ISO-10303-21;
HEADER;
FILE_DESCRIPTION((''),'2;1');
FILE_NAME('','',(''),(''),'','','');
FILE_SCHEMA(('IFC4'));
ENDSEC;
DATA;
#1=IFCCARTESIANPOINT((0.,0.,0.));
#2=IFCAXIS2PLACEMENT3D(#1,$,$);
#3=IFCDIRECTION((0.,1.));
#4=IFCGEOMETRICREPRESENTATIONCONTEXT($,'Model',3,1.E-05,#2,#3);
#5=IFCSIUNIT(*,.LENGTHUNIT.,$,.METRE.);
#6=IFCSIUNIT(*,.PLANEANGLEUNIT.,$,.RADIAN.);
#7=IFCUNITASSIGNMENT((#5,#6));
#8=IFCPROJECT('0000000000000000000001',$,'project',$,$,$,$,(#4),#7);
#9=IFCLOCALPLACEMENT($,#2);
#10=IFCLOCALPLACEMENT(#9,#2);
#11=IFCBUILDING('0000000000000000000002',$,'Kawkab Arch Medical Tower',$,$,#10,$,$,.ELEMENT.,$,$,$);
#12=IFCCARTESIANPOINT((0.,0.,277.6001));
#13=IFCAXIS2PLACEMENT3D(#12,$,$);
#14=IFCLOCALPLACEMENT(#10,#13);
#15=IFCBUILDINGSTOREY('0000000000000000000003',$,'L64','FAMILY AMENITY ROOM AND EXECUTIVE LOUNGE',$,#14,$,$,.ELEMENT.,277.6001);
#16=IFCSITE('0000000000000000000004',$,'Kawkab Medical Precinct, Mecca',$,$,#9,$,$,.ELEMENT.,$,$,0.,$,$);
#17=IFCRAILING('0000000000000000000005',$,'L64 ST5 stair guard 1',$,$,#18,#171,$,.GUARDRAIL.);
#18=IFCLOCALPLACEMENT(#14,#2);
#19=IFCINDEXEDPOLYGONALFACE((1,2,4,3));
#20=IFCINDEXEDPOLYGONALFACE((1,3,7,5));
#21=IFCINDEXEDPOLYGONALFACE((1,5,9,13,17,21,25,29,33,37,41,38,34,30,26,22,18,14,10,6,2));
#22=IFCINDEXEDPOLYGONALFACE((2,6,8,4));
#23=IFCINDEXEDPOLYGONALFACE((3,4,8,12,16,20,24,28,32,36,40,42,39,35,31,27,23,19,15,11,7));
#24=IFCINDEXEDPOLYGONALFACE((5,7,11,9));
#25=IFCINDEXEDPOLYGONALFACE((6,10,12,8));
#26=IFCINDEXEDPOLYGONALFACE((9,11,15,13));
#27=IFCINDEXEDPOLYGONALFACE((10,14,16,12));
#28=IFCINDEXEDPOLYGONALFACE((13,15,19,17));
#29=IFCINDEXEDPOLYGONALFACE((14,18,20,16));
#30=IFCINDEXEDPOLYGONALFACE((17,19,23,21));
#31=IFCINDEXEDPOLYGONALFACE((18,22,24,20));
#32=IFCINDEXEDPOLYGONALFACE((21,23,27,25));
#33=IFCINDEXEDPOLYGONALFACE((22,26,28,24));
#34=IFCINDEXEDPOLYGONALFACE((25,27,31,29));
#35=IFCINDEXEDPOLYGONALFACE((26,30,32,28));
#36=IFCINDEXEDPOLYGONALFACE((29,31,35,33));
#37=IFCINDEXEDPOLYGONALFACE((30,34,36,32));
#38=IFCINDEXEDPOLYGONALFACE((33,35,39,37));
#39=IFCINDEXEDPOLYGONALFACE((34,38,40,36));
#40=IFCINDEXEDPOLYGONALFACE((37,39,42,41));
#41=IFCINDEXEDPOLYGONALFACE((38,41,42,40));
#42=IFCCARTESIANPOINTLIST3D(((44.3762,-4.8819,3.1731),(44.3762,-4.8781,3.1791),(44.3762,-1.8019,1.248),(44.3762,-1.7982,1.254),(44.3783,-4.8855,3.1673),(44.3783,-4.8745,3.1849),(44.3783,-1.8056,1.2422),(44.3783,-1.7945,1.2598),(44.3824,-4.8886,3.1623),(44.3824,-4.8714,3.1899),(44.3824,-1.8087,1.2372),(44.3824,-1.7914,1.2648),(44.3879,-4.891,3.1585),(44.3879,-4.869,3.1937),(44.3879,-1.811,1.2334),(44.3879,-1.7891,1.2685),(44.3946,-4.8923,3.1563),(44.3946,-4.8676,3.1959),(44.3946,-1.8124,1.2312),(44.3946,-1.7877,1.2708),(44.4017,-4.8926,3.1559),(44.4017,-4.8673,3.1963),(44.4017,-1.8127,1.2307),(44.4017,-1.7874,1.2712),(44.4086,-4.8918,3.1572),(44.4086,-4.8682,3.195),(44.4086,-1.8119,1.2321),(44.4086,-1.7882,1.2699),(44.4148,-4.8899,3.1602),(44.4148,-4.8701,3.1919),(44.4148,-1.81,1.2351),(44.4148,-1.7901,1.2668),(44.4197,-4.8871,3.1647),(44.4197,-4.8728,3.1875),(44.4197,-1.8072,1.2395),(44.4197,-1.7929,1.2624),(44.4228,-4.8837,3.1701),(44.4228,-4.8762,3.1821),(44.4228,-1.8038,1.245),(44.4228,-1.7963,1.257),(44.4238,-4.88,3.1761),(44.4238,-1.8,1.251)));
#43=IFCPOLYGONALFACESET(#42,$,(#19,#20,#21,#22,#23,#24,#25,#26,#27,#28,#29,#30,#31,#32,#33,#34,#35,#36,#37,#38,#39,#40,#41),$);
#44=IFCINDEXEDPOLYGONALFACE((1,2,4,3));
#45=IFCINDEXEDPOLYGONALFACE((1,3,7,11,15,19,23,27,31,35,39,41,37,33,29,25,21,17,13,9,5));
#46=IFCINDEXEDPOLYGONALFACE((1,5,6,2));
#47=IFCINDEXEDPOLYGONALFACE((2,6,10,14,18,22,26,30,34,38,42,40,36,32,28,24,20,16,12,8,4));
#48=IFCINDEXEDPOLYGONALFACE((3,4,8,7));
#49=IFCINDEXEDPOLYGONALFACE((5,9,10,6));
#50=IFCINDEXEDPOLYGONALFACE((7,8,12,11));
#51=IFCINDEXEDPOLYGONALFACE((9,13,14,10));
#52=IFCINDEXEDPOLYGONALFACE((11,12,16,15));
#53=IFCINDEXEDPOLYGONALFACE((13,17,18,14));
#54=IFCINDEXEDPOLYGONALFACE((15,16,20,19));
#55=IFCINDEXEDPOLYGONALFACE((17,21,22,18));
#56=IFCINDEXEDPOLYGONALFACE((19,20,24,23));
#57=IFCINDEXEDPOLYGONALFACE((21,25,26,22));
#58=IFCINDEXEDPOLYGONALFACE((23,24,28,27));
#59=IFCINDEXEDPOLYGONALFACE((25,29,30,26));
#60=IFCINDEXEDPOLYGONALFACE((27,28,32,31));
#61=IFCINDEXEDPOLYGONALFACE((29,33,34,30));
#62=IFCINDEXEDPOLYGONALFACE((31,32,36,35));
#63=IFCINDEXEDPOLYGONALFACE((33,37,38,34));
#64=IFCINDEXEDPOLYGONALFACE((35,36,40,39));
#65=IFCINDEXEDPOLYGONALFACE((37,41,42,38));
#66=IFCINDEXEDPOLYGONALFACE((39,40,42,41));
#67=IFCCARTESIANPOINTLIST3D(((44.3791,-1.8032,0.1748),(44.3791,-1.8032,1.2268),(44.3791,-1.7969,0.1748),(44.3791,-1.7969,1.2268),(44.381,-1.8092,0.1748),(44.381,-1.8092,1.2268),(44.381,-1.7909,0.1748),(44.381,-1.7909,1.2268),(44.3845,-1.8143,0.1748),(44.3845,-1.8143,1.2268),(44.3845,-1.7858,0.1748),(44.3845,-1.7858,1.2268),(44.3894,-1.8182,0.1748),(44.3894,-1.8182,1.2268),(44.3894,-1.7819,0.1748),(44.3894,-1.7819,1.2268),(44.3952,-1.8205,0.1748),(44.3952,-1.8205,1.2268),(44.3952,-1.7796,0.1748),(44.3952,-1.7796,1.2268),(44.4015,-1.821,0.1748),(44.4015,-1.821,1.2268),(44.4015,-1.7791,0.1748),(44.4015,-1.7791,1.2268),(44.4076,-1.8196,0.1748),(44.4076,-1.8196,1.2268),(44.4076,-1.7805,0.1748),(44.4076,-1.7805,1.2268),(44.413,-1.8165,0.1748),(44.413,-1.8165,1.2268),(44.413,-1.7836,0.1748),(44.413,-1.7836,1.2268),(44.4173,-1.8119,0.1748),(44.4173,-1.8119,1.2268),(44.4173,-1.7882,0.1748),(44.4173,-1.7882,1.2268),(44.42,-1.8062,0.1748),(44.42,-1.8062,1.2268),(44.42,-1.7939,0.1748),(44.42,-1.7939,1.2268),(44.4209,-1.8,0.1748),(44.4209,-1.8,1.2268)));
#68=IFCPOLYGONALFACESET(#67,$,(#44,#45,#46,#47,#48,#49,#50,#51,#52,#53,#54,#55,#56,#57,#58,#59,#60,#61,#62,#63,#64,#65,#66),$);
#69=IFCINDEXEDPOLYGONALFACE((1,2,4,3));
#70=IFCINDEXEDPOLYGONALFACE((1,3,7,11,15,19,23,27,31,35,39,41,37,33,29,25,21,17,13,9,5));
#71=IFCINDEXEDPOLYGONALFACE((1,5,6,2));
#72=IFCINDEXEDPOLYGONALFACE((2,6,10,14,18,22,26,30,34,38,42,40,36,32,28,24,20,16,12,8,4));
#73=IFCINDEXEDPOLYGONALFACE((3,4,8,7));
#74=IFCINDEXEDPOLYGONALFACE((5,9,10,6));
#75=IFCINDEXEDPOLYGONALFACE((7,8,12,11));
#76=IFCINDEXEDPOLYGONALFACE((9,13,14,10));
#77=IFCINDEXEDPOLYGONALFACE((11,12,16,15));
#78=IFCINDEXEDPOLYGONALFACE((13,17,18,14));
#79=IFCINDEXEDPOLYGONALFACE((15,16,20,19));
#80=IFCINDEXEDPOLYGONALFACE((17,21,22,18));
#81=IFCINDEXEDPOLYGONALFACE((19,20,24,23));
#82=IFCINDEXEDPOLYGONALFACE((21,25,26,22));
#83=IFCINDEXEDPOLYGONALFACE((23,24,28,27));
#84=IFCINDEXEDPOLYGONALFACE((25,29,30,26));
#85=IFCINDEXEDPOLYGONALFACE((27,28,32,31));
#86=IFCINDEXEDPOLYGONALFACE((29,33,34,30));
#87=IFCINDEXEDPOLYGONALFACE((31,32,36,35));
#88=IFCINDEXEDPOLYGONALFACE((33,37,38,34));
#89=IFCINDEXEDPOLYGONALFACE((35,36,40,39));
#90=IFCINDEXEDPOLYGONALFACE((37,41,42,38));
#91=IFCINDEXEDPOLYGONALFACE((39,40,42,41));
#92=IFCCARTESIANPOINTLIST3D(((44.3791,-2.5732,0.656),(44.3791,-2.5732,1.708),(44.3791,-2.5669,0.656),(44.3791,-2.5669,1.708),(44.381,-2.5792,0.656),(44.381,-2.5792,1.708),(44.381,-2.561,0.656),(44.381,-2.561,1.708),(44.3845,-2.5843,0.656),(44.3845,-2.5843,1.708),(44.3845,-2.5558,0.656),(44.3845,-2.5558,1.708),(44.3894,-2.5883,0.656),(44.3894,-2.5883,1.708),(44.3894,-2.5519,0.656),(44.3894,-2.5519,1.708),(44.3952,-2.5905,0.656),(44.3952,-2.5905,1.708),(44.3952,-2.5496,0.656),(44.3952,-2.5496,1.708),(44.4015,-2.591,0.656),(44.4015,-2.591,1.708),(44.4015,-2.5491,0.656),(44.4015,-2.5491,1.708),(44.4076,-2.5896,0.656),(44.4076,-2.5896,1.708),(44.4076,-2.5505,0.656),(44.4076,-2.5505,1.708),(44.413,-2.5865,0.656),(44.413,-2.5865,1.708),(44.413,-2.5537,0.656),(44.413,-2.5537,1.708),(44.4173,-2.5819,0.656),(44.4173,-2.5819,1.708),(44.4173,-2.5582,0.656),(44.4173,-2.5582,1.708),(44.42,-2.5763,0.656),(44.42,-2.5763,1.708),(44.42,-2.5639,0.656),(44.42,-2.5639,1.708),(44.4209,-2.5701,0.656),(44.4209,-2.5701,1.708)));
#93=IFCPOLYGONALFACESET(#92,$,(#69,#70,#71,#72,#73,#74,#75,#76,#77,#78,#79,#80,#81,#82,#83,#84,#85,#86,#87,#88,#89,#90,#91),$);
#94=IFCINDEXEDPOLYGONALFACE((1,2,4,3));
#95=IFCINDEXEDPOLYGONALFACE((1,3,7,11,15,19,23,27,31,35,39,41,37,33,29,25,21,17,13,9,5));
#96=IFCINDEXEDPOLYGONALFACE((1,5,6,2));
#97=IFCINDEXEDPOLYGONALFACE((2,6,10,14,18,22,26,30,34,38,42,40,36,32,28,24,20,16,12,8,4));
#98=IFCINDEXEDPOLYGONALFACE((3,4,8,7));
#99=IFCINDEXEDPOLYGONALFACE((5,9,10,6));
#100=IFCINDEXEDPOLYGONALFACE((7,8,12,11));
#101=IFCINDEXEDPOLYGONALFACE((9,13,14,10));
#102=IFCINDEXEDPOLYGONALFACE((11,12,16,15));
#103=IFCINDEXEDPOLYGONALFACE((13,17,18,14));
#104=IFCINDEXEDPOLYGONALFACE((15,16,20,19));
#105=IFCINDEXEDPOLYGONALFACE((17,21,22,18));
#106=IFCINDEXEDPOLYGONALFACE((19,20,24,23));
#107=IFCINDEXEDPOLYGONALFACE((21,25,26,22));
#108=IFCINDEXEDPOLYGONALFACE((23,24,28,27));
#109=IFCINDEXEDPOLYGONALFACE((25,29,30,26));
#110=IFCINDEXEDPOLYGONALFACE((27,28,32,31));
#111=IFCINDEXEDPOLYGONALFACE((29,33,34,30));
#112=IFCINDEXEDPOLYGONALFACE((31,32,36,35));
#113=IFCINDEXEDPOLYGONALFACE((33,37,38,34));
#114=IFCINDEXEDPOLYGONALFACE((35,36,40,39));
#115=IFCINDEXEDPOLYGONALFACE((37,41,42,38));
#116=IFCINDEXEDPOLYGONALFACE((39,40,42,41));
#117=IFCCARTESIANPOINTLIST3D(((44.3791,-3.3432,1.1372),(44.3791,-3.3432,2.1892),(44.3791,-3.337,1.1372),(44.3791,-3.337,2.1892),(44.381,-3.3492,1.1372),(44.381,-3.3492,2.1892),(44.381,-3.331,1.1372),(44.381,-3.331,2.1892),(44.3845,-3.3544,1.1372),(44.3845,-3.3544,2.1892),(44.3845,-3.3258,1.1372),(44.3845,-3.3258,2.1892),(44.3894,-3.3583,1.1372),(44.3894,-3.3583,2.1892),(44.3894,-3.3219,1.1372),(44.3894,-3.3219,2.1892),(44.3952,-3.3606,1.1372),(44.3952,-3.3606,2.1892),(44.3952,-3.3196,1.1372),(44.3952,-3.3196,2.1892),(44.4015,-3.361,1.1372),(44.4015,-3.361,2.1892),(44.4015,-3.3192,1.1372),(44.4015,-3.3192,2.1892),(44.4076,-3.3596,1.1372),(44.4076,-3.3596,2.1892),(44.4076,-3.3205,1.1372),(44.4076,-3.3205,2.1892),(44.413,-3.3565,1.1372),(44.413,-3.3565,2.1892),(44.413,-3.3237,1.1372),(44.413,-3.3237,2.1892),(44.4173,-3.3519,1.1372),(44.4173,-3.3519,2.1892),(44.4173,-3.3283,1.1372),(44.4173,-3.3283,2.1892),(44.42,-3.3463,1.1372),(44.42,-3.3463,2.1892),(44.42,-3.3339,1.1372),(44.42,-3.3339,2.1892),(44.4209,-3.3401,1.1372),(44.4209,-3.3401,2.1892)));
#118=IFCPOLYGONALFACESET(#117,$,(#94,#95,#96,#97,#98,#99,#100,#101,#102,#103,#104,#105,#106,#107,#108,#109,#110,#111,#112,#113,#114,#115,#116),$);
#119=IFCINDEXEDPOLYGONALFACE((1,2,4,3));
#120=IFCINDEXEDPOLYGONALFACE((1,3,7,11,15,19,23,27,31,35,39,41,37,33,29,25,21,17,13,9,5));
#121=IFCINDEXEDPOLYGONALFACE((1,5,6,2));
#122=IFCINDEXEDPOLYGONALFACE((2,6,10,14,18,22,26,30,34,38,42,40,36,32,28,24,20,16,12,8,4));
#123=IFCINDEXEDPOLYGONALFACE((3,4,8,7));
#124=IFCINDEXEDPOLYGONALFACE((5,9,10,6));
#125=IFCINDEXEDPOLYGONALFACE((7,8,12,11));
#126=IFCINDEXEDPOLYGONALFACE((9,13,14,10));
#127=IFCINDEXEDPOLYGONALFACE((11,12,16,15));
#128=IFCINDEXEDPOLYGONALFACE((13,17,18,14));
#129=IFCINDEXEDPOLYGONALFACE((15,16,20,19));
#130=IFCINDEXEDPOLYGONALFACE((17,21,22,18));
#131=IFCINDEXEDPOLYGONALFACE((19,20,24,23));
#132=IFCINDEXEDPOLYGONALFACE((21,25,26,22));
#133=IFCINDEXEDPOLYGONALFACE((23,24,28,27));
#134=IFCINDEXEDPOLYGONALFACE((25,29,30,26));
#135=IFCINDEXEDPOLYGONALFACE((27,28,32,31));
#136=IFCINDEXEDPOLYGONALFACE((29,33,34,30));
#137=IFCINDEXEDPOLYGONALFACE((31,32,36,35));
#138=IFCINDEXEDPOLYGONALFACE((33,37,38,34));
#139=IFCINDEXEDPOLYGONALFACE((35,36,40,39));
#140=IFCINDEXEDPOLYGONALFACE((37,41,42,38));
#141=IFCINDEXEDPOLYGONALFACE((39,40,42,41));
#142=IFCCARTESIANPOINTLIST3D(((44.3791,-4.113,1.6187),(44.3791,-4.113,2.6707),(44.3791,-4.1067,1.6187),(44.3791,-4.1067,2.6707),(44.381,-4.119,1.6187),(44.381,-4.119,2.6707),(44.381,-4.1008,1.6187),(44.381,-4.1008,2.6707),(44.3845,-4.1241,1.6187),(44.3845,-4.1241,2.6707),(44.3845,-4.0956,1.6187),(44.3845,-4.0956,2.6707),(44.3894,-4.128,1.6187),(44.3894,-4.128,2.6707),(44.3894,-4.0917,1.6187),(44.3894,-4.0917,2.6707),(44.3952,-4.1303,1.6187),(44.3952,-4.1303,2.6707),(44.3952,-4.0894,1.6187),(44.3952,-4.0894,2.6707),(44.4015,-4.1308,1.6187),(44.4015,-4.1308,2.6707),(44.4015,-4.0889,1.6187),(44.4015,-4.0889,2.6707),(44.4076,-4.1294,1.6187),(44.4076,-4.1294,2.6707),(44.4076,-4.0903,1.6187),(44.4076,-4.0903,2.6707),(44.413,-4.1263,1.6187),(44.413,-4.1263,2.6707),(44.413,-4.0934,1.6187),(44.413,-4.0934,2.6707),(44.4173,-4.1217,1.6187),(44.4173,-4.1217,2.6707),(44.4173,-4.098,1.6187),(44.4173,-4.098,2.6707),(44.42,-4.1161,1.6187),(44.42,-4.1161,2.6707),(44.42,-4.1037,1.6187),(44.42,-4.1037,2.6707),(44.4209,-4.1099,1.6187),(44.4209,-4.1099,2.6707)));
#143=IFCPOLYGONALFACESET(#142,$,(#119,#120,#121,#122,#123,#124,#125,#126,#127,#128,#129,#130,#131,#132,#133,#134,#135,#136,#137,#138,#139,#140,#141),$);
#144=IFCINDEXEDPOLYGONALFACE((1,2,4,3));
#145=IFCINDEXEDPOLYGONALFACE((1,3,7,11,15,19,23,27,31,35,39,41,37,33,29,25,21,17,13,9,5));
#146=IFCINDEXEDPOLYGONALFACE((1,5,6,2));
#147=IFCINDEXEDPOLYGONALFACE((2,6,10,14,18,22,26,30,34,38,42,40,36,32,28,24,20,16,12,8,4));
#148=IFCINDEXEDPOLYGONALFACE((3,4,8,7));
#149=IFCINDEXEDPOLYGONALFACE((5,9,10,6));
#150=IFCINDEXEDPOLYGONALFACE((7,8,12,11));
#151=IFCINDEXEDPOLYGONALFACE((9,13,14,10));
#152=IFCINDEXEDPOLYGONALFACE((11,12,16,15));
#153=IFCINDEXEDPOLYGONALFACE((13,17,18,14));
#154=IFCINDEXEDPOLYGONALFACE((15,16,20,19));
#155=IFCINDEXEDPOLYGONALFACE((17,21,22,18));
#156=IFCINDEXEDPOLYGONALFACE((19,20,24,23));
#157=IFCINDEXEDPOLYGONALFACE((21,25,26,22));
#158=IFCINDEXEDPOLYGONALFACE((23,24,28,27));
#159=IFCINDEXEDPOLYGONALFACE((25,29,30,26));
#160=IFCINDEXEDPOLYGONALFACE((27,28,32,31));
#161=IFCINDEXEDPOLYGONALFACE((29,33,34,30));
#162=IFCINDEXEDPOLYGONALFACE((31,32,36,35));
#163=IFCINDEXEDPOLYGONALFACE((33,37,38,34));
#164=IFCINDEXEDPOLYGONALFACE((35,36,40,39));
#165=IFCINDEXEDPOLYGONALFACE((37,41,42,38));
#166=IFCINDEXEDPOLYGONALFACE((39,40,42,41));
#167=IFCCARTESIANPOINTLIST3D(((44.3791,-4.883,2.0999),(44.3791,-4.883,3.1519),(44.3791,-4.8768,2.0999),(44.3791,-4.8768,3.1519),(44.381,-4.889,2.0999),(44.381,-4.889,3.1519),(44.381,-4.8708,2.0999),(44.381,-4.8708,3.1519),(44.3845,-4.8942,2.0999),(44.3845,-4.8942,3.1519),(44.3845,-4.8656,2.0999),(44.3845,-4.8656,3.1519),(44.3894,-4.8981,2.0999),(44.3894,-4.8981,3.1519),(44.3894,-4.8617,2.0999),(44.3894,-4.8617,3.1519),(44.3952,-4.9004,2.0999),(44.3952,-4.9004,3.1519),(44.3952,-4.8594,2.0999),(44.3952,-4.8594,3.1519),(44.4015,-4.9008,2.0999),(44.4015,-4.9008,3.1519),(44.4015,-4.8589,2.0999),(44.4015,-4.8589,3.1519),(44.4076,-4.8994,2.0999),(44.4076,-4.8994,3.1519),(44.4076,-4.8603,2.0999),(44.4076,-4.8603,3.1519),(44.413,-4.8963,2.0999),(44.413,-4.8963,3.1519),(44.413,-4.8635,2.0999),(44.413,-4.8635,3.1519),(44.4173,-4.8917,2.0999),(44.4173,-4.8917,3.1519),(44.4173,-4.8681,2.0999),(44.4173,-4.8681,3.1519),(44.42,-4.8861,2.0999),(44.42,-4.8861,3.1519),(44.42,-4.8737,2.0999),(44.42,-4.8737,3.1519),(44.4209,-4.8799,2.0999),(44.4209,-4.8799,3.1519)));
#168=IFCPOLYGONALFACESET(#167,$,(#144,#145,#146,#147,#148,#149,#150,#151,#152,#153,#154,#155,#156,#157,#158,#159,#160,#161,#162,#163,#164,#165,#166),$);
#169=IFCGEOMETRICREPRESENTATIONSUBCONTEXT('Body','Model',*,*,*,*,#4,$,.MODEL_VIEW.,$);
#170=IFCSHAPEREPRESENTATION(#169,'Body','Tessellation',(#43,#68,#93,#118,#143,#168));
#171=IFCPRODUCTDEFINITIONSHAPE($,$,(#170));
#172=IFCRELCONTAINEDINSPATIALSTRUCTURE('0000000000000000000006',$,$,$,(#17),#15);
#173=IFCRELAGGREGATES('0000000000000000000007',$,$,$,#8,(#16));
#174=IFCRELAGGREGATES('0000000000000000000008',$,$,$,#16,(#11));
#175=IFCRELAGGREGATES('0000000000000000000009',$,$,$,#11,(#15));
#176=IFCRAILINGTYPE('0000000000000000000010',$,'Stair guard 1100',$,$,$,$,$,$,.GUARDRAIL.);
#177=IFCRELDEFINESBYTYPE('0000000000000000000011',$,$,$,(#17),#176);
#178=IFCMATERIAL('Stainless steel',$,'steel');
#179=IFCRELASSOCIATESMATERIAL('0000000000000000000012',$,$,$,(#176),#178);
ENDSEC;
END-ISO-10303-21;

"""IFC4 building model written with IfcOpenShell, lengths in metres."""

from ifc_helpers import new_model, si_unit, direction, frame, origin, origin_2d, place, context, subcontext, project, spatial, circle, extrude, material, type_object, element, save


model = new_model("IFC4")

# Units and contexts
model_context = context("Model", 3, precision=1e-05, world=origin(), true_north=direction((0.0, 1.0)))
body_context = subcontext(model_context, "Body", "Model", "MODEL_VIEW")
ifc_project = project(units=[si_unit("LENGTHUNIT", "METRE"), si_unit("PLANEANGLEUNIT", "RADIAN")], contexts=[model_context])

# Site, building, storey
site_placement = place(None, origin())
site = spatial("IfcSite", under=ifc_project, at=site_placement, Name="Kawkab Medical Precinct, Mecca", CompositionType="ELEMENT", RefElevation=0.0)
building_placement = place(site_placement, origin())
building = spatial("IfcBuilding", under=site, at=building_placement, Name="Kawkab Arch Medical Tower", CompositionType="ELEMENT")
storey_placement = place(building_placement, frame((0.0, 0.0, 277.6001)))
storey = spatial("IfcBuildingStorey", under=building, at=storey_placement, Name="L64", Description="FAMILY AMENITY ROOM AND EXECUTIVE LOUNGE", CompositionType="ELEMENT", Elevation=277.6001)

# Railing
ifc_material_1 = material(Name="Stainless steel", Category="steel")
railing_type = type_object("IfcRailingType", Name="Stair guard 1100", PredefinedType="GUARDRAIL", material=ifc_material_1)
railing_placement = place(storey_placement, frame((44.3999, -1.8, 0.1748)))
element("IfcRailing", 1, at=railing_placement, inside=storey, type_object=railing_type, Name="L64 ST5 stair guard 1", PredefinedType="GUARDRAIL", context=body_context, shape_type="SweptSolid", body=[
    extrude(circle(Radius=0.0239, at=origin_2d()), frame((0.0, 0.0, 1.0762), z_axis=(0.0, -0.847979, 0.530029), x_axis=(1.0, 0.0, 0.0)), (0.0, 0.0, 1.0), 3.6321),
    extrude(circle(Radius=0.021, at=origin_2d()), origin(), (0.0, 0.0, 1.0), 1.052),
    extrude(circle(Radius=0.021, at=origin_2d()), frame((0.0, -0.77, 0.4812)), (0.0, 0.0, 1.0), 1.052),
    extrude(circle(Radius=0.021, at=origin_2d()), frame((0.0, -1.54, 0.9624)), (0.0, 0.0, 1.0), 1.052),
    extrude(circle(Radius=0.021, at=origin_2d()), frame((0.0, -2.3098, 1.4438)), (0.0, 0.0, 1.0), 1.052),
    extrude(circle(Radius=0.021, at=origin_2d()), frame((0.0, -3.0798, 1.925)), (0.0, 0.0, 1.0), 1.052),
])

save(model, "model.ifc")
